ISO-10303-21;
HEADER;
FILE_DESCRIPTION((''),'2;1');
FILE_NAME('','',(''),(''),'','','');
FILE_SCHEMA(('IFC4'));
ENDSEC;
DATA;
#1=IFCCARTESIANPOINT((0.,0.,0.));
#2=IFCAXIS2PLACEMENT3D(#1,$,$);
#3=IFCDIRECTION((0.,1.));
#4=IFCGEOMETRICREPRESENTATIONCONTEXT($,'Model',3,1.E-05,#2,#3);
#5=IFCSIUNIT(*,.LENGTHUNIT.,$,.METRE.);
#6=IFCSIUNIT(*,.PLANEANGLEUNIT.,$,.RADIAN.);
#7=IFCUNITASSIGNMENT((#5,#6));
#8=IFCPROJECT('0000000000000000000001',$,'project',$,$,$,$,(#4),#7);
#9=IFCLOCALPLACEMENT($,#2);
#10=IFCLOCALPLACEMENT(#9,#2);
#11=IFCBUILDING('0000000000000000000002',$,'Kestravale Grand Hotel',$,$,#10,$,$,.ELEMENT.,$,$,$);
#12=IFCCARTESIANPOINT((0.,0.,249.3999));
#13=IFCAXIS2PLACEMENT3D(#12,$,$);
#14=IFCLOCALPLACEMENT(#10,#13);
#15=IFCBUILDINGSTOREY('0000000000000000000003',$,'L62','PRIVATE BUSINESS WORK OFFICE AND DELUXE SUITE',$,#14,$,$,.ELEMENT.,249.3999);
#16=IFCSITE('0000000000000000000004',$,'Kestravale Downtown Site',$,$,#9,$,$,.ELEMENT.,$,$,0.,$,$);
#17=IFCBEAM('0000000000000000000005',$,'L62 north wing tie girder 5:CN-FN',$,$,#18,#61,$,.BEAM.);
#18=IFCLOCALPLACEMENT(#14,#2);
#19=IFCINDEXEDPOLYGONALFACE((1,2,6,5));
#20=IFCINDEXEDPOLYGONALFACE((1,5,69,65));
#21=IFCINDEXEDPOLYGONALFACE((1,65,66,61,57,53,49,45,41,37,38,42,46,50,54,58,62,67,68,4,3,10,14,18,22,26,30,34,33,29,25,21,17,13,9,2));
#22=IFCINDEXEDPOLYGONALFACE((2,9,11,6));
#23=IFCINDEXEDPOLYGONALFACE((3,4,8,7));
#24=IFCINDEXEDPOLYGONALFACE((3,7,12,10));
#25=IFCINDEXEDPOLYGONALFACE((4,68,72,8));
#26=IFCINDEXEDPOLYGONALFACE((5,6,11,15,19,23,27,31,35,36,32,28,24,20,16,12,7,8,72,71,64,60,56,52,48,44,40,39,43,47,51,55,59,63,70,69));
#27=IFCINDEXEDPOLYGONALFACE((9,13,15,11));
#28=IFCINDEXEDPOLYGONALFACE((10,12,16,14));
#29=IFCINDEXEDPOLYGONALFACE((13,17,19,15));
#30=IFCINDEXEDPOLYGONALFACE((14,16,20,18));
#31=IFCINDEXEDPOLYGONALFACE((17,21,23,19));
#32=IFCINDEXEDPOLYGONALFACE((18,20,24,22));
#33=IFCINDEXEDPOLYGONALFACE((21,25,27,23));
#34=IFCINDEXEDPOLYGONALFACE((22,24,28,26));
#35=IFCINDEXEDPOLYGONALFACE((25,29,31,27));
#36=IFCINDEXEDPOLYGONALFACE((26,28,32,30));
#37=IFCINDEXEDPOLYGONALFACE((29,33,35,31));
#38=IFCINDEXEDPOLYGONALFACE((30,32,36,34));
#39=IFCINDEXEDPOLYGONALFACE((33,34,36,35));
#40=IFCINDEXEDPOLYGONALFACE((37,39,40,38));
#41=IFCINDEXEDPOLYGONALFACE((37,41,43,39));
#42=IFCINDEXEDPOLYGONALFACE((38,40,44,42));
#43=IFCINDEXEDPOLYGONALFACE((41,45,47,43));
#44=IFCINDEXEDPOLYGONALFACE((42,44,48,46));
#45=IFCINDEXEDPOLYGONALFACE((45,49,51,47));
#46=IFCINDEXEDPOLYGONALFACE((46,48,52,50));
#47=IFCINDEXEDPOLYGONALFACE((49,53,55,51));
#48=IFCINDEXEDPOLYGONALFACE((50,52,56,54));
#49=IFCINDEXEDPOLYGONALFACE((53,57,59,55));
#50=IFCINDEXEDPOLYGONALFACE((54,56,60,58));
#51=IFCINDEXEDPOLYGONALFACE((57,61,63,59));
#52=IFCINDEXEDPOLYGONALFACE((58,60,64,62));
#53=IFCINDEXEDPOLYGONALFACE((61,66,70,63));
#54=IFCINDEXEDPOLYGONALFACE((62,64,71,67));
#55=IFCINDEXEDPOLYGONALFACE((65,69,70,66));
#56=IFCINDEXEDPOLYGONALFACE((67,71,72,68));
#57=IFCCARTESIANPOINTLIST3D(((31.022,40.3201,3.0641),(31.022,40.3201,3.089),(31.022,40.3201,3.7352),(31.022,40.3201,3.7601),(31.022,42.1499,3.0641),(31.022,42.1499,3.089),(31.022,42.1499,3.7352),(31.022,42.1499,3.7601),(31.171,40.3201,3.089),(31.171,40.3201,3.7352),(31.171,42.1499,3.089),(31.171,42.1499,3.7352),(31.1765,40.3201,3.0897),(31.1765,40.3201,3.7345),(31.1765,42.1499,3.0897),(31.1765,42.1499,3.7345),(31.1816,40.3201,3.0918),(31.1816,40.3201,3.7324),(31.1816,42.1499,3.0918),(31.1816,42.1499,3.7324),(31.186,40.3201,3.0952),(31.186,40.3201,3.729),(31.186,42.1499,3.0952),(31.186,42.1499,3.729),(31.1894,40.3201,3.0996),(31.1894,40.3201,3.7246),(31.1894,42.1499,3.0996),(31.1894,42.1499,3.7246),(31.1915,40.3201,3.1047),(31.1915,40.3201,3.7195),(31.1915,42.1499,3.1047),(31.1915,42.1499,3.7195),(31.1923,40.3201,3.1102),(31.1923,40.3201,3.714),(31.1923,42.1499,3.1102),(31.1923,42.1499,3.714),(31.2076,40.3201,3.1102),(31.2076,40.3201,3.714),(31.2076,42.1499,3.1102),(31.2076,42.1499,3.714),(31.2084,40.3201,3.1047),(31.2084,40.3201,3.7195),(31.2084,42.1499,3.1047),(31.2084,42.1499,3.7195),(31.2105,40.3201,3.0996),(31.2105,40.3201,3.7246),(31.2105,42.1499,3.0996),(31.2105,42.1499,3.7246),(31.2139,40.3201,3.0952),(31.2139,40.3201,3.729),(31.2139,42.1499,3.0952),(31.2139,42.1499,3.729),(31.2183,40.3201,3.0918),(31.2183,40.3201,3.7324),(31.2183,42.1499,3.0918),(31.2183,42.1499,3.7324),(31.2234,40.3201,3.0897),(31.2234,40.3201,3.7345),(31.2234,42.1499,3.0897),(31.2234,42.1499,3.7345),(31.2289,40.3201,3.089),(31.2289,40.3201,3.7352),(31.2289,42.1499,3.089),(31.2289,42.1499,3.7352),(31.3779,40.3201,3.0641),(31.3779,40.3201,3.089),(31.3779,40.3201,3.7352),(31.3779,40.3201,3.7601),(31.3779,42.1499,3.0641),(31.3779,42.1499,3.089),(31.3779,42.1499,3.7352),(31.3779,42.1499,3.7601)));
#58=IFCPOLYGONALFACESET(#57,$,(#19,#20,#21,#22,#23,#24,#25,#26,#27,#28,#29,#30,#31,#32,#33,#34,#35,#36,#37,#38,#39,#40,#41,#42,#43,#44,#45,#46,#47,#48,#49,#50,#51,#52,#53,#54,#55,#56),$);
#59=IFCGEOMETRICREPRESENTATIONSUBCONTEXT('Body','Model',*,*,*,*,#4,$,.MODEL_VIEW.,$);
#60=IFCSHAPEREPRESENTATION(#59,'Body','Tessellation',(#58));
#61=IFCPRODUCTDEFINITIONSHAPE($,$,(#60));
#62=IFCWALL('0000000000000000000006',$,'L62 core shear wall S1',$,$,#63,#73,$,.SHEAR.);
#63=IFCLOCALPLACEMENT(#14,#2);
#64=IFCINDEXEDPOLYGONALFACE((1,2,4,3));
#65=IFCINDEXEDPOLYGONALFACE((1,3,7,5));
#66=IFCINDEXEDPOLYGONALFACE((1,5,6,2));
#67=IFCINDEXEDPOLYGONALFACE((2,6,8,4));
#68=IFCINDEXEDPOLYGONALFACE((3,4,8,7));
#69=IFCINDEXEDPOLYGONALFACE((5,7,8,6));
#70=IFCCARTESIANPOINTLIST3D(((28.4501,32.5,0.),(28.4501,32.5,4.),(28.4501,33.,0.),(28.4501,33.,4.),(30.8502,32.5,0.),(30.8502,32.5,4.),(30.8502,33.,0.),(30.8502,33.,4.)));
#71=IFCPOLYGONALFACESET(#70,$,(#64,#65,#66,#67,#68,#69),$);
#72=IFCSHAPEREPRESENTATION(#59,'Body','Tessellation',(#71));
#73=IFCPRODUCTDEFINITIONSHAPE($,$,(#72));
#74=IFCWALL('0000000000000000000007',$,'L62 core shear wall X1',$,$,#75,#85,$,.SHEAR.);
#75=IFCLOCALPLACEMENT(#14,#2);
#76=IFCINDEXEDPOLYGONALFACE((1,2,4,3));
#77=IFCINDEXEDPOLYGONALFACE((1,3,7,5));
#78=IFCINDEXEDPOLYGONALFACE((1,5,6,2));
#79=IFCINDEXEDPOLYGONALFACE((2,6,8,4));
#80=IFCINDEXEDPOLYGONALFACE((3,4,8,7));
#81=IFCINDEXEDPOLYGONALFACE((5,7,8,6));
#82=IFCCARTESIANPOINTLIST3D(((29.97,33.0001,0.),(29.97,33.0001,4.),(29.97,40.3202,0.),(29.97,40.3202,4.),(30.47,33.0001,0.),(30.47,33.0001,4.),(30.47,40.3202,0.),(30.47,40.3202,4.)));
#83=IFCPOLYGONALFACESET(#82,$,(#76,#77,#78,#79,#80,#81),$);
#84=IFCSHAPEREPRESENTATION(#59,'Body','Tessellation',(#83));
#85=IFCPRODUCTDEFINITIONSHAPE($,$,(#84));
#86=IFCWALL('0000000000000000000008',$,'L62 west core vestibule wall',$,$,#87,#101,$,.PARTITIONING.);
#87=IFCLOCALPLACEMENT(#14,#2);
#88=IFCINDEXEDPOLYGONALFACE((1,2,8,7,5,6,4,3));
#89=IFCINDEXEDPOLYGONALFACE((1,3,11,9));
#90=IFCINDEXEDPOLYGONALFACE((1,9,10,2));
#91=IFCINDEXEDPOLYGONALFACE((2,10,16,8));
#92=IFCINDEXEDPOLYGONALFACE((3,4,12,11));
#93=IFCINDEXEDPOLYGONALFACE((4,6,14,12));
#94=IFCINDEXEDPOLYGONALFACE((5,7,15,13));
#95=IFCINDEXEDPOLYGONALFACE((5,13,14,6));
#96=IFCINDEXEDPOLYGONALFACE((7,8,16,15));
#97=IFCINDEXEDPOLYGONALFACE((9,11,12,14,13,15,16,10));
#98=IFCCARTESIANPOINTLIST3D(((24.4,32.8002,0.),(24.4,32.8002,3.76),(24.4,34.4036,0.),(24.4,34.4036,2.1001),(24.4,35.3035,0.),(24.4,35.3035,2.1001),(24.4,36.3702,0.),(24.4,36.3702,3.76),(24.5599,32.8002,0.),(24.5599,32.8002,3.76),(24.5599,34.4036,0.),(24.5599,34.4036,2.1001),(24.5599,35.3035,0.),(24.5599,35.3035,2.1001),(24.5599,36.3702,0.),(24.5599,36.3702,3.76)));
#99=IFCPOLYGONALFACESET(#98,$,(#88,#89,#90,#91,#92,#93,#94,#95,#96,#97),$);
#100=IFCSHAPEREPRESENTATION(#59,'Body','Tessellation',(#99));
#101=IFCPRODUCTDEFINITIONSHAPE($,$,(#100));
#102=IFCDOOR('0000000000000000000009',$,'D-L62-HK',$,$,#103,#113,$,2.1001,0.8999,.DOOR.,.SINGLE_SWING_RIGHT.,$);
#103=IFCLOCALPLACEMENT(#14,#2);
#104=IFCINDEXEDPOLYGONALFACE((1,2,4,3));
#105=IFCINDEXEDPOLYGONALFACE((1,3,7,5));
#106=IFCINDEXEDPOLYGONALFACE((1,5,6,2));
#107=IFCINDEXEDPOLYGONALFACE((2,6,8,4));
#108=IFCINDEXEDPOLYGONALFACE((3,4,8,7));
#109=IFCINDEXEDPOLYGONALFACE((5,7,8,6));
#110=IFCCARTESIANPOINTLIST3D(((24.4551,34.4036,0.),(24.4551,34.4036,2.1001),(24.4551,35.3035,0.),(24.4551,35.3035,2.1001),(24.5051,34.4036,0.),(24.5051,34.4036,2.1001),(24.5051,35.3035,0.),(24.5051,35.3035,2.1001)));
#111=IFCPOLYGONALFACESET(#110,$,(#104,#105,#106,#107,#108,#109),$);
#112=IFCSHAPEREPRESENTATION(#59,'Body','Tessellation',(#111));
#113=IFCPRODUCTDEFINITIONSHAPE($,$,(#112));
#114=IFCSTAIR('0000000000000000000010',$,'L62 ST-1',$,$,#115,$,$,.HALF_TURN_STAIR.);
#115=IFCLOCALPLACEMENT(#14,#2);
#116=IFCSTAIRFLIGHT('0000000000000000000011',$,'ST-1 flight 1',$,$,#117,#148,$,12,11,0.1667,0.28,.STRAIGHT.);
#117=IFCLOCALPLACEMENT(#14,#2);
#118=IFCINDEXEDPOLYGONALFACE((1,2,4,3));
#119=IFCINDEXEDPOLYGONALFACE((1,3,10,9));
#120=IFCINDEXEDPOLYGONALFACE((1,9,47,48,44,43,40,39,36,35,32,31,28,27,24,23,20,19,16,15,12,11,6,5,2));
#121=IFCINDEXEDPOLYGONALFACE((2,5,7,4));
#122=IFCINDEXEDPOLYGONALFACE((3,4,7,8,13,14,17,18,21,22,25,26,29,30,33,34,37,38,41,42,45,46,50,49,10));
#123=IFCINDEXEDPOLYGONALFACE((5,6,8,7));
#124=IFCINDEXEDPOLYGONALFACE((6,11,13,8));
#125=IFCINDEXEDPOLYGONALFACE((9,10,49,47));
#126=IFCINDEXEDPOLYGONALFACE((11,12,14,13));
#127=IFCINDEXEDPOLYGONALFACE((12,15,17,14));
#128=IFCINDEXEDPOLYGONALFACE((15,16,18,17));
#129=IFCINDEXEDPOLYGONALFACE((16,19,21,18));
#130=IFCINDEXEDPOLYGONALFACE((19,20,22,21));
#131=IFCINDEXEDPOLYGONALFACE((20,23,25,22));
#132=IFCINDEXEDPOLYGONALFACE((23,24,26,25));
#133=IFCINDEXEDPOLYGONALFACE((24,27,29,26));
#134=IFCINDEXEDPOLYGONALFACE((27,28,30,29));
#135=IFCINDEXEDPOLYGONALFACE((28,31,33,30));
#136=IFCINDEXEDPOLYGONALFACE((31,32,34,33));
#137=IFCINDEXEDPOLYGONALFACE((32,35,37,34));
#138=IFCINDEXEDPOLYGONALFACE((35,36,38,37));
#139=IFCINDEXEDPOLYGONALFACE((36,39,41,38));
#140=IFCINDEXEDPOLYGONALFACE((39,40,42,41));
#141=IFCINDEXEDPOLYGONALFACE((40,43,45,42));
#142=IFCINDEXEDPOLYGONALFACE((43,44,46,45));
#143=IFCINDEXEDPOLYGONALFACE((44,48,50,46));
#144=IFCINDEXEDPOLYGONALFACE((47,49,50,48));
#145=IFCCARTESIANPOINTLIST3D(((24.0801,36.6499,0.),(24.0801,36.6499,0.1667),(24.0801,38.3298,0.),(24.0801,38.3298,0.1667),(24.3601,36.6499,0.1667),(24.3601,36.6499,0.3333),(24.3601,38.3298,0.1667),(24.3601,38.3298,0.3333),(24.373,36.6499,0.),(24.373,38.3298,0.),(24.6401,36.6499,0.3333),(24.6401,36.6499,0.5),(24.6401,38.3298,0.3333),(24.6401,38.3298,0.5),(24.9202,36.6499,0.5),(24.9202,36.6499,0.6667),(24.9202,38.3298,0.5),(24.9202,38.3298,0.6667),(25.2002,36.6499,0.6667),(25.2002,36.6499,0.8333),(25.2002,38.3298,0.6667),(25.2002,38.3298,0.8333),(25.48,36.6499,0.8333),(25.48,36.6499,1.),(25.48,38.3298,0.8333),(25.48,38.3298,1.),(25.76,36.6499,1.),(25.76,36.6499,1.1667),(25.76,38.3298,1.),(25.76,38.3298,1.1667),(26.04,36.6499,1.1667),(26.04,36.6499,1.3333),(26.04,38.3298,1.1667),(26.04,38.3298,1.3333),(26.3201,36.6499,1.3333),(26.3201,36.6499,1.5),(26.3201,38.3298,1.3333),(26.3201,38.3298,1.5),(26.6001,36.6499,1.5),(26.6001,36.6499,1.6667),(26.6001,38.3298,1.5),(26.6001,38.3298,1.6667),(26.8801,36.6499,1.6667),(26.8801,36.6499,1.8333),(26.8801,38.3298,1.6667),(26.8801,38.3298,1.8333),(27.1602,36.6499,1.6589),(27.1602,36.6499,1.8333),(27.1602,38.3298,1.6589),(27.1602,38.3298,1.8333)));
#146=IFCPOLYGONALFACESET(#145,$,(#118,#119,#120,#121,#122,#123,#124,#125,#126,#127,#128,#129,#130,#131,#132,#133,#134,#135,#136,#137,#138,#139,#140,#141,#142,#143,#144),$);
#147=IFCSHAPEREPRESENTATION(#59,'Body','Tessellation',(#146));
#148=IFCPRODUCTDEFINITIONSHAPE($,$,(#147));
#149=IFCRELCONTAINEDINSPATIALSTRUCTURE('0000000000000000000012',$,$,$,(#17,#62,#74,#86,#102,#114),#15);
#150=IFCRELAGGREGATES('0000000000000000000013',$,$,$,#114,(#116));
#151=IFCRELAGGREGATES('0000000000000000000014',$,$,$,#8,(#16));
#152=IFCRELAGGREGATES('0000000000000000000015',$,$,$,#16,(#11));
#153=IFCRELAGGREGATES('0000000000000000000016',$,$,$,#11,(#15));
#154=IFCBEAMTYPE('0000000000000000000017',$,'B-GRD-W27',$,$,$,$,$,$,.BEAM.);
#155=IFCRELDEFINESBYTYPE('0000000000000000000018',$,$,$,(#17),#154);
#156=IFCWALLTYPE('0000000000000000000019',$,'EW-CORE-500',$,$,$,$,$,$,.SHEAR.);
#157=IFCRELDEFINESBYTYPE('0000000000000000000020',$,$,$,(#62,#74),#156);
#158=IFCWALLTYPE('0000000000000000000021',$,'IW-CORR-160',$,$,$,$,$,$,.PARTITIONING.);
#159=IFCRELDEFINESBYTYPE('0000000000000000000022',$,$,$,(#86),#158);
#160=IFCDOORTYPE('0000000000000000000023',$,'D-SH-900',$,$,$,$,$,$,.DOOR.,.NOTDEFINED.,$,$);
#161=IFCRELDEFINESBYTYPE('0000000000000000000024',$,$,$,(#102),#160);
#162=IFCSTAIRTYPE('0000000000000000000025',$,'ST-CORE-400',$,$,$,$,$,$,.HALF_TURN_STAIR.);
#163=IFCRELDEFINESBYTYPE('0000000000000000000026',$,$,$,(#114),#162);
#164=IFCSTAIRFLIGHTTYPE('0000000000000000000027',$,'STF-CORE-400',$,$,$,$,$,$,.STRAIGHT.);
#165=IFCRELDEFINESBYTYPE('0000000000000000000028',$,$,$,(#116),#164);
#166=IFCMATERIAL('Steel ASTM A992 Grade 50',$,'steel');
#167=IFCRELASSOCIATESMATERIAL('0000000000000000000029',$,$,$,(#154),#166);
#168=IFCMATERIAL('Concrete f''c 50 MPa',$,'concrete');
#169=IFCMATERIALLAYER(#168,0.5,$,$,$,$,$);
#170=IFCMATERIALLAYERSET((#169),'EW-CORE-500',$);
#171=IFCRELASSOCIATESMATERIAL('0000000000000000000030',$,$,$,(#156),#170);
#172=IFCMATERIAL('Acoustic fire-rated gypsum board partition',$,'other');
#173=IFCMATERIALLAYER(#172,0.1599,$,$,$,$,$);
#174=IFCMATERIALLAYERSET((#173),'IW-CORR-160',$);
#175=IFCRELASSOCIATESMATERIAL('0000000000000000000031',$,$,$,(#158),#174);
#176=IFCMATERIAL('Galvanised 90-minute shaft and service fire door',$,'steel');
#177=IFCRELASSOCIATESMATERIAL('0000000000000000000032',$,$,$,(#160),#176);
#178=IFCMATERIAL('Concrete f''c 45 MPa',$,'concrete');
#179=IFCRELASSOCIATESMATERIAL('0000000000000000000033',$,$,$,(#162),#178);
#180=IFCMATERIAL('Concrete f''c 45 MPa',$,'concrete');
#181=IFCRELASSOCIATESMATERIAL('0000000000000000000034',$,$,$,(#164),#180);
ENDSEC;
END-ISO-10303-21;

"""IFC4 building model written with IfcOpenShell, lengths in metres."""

from ifc_helpers import new_model, si_unit, direction, frame, frame_2d, origin, origin_2d, place, context, subcontext, project, spatial, polyline, rectangle, i_section, outline, extrude, material, layer, layer_set, material_profile, profile_set, type_object, element, fill, aggregate, save


model = new_model("IFC4")

# Units and contexts
model_context = context("Model", 3, precision=1e-05, world=origin(), true_north=direction((0.0, 1.0)))
body_context = subcontext(model_context, "Body", "Model", "MODEL_VIEW")
ifc_project = project(units=[si_unit("LENGTHUNIT", "METRE"), si_unit("PLANEANGLEUNIT", "RADIAN")], contexts=[model_context])

# Site, building, storey
site_placement = place(None, origin())
site = spatial("IfcSite", under=ifc_project, at=site_placement, Name="Kestravale Downtown Site", CompositionType="ELEMENT", RefElevation=0.0)
building_placement = place(site_placement, origin())
building = spatial("IfcBuilding", under=site, at=building_placement, Name="Kestravale Grand Hotel", CompositionType="ELEMENT")
storey_placement = place(building_placement, frame((0.0, 0.0, 249.3999)))
storey = spatial("IfcBuildingStorey", under=building, at=storey_placement, Name="L62", Description="PRIVATE BUSINESS WORK OFFICE AND DELUXE SUITE", CompositionType="ELEMENT", Elevation=249.3999)

# Beam
ifc_material_1 = material(Name="Steel ASTM A992 Grade 50", Category="steel")
ifc_material_profile_1 = material_profile(ifc_material_1, i_section(OverallWidth=0.356, OverallDepth=0.696, WebThickness=0.0154, FlangeThickness=0.0249, FilletRadius=0.0212, at=origin_2d()))
ifc_profile_set_1 = profile_set([ifc_material_profile_1], Name="Steel ASTM A992 Grade 50")
beam_type_1 = type_object("IfcBeamType", Name="B-GRD-W27", PredefinedType="BEAM", material=ifc_profile_set_1)
for number, where, z_axis, x_axis, name in (
    (1, (31.2, 40.3201, 3.4121), (0.0, 1.0, 0.0), (-1.0, 0.0, 0.0), "L62 north wing tie girder 5:CN-FN"),
):
    element("IfcBeam", number, at=place(storey_placement, frame(where, z_axis=z_axis, x_axis=x_axis)), inside=storey, type_object=beam_type_1, Name=name, PredefinedType="BEAM", context=body_context, shape_type="SweptSolid", body=[
        extrude(i_section(OverallWidth=0.356, OverallDepth=0.696, WebThickness=0.0154, FlangeThickness=0.0249, FilletRadius=0.0212, at=origin_2d()), origin(), (0.0, 0.0, 1.0), 1.8298),
    ])

# Walls
ifc_material_2 = material(Name="Concrete f'c 50 MPa", Category="concrete")
ifc_layer_1 = layer(ifc_material_2, 0.5)
ifc_layer_set_1 = layer_set([ifc_layer_1], Name="EW-CORE-500")
wall_type_1 = type_object("IfcWallType", Name="EW-CORE-500", PredefinedType="SHEAR", material=ifc_layer_set_1)
wall_1_placement = place(storey_placement, frame((28.45, 32.75, 0.0), z_axis=(0.0, 0.0, 1.0), x_axis=(1.0, 0.0, 0.0)))
element("IfcWall", 2, at=wall_1_placement, inside=storey, type_object=wall_type_1, Name="L62 core shear wall S1", PredefinedType="SHEAR", context=body_context, shape_type="SweptSolid", body=[
    extrude(rectangle(XDim=2.4001, YDim=0.5, at=frame_2d((1.2002, 0.0))), origin(), (0.0, 0.0, 1.0), 4.0),
])
wall_2_placement = place(storey_placement, frame((30.22, 33.0, 0.0), z_axis=(0.0, 0.0, 1.0), x_axis=(0.0, 1.0, 0.0)))
element("IfcWall", 3, at=wall_2_placement, inside=storey, type_object=wall_type_1, Name="L62 core shear wall X1", PredefinedType="SHEAR", context=body_context, shape_type="SweptSolid", body=[
    extrude(rectangle(XDim=7.3201, YDim=0.5, at=frame_2d((3.6602, 0.0))), origin(), (0.0, 0.0, 1.0), 4.0),
])

# Wall, opening, door
ifc_material_3 = material(Name="Acoustic fire-rated gypsum board partition", Category="other")
ifc_layer_2 = layer(ifc_material_3, 0.1599)
ifc_layer_set_2 = layer_set([ifc_layer_2], Name="IW-CORR-160")
wall_type_2 = type_object("IfcWallType", Name="IW-CORR-160", PredefinedType="PARTITIONING", material=ifc_layer_set_2)
wall_3_placement = place(storey_placement, frame((24.48, 32.8, 0.0), z_axis=(0.0, 0.0, 1.0), x_axis=(0.0, 1.0, 0.0)))
wall_3 = element("IfcWall", 4, at=wall_3_placement, inside=storey, type_object=wall_type_2, Name="L62 west core vestibule wall", PredefinedType="PARTITIONING", context=body_context, shape_type="SweptSolid", body=[
    extrude(rectangle(XDim=3.5701, YDim=0.1599, at=frame_2d((1.7852, 0.0))), origin(), (0.0, 0.0, 1.0), 3.76),
])
opening_1_placement = place(wall_3_placement, frame((1.6035, 0.0, 0.0)))
opening_1 = element("IfcOpeningElement", 5, at=opening_1_placement, cuts=wall_3, PredefinedType="OPENING", context=body_context, shape_type="SweptSolid", body=[
    extrude(rectangle(XDim=0.8999, YDim=2.1001, at=frame_2d((0.45, 1.05))), frame((0.0, 0.0898, 0.0), z_axis=(0.0, -1.0, 0.0), x_axis=(1.0, 0.0, 0.0)), (0.0, 0.0, 1.0), 0.1799),
])
ifc_material_4 = material(Name="Galvanised 90-minute shaft and service fire door", Category="steel")
door_type_1 = type_object("IfcDoorType", Name="D-SH-900", OperationType="NOTDEFINED", PredefinedType="DOOR", material=ifc_material_4)
door_1_placement = place(opening_1_placement, origin())
door_1 = element("IfcDoor", 6, at=door_1_placement, inside=storey, type_object=door_type_1, Name="D-L62-HK", OperationType="SINGLE_SWING_RIGHT", OverallHeight=2.1001, OverallWidth=0.8999, PredefinedType="DOOR", context=body_context, shape_type="SweptSolid", body=[
    extrude(rectangle(XDim=0.8999, YDim=2.1001, at=frame_2d((0.45, 1.05))), frame((0.0, 0.0249, 0.0), z_axis=(0.0, -1.0, 0.0), x_axis=(1.0, 0.0, 0.0)), (0.0, 0.0, 1.0), 0.05),
])
fill(opening_1, door_1)

# Stair, stair flight
ifc_material_5 = material(Name="Concrete f'c 45 MPa", Category="concrete")
stair_type = type_object("IfcStairType", Name="ST-CORE-400", PredefinedType="HALF_TURN_STAIR", material=ifc_material_5)
stair_placement = place(storey_placement, origin())
stair = element("IfcStair", 7, at=stair_placement, inside=storey, type_object=stair_type, Name="L62 ST-1", PredefinedType="HALF_TURN_STAIR")
ifc_material_6 = material(Name="Concrete f'c 45 MPa", Category="concrete")
stair_flight_type = type_object("IfcStairFlightType", Name="STF-CORE-400", PredefinedType="STRAIGHT", material=ifc_material_6)
stair_flight_1_placement = place(storey_placement, frame((24.0801, 37.49, 0.0), z_axis=(0.0, 0.0, 1.0), x_axis=(1.0, 0.0, 0.0)))
stair_flight_1 = element("IfcStairFlight", 8, at=stair_flight_1_placement, type_object=stair_flight_type, Name="ST-1 flight 1", NumberOfRisers=12, NumberOfTreads=11, PredefinedType="STRAIGHT", RiserHeight=0.1667, TreadLength=0.28, context=body_context, shape_type="SweptSolid", body=[
    extrude(outline(polyline([(0.0, 0.0), (0.0, 0.1667), (0.28, 0.1667), (0.28, 0.3333), (0.5601, 0.3333), (0.5601, 0.5), (0.8401, 0.5), (0.8401, 0.6667), (1.1201, 0.6667), (1.1201, 0.8333), (1.3999, 0.8333), (1.3999, 1.0), (1.6799, 1.0), (1.6799, 1.1667), (1.96, 1.1667), (1.96, 1.3333), (2.24, 1.3333), (2.24, 1.5), (2.52, 1.5), (2.52, 1.6667), (2.8, 1.6667), (2.8, 1.8333), (3.0801, 1.8333), (3.0801, 2.0), (3.0801, 1.6589), (0.293, 0.0), (0.0, 0.0)])), frame((0.0, 0.8398, 0.0), z_axis=(0.0, -1.0, 0.0), x_axis=(1.0, 0.0, 0.0)), (0.0, 0.0, 1.0), 1.6799),
])
aggregate(stair, [stair_flight_1])

save(model, "model.ifc")
